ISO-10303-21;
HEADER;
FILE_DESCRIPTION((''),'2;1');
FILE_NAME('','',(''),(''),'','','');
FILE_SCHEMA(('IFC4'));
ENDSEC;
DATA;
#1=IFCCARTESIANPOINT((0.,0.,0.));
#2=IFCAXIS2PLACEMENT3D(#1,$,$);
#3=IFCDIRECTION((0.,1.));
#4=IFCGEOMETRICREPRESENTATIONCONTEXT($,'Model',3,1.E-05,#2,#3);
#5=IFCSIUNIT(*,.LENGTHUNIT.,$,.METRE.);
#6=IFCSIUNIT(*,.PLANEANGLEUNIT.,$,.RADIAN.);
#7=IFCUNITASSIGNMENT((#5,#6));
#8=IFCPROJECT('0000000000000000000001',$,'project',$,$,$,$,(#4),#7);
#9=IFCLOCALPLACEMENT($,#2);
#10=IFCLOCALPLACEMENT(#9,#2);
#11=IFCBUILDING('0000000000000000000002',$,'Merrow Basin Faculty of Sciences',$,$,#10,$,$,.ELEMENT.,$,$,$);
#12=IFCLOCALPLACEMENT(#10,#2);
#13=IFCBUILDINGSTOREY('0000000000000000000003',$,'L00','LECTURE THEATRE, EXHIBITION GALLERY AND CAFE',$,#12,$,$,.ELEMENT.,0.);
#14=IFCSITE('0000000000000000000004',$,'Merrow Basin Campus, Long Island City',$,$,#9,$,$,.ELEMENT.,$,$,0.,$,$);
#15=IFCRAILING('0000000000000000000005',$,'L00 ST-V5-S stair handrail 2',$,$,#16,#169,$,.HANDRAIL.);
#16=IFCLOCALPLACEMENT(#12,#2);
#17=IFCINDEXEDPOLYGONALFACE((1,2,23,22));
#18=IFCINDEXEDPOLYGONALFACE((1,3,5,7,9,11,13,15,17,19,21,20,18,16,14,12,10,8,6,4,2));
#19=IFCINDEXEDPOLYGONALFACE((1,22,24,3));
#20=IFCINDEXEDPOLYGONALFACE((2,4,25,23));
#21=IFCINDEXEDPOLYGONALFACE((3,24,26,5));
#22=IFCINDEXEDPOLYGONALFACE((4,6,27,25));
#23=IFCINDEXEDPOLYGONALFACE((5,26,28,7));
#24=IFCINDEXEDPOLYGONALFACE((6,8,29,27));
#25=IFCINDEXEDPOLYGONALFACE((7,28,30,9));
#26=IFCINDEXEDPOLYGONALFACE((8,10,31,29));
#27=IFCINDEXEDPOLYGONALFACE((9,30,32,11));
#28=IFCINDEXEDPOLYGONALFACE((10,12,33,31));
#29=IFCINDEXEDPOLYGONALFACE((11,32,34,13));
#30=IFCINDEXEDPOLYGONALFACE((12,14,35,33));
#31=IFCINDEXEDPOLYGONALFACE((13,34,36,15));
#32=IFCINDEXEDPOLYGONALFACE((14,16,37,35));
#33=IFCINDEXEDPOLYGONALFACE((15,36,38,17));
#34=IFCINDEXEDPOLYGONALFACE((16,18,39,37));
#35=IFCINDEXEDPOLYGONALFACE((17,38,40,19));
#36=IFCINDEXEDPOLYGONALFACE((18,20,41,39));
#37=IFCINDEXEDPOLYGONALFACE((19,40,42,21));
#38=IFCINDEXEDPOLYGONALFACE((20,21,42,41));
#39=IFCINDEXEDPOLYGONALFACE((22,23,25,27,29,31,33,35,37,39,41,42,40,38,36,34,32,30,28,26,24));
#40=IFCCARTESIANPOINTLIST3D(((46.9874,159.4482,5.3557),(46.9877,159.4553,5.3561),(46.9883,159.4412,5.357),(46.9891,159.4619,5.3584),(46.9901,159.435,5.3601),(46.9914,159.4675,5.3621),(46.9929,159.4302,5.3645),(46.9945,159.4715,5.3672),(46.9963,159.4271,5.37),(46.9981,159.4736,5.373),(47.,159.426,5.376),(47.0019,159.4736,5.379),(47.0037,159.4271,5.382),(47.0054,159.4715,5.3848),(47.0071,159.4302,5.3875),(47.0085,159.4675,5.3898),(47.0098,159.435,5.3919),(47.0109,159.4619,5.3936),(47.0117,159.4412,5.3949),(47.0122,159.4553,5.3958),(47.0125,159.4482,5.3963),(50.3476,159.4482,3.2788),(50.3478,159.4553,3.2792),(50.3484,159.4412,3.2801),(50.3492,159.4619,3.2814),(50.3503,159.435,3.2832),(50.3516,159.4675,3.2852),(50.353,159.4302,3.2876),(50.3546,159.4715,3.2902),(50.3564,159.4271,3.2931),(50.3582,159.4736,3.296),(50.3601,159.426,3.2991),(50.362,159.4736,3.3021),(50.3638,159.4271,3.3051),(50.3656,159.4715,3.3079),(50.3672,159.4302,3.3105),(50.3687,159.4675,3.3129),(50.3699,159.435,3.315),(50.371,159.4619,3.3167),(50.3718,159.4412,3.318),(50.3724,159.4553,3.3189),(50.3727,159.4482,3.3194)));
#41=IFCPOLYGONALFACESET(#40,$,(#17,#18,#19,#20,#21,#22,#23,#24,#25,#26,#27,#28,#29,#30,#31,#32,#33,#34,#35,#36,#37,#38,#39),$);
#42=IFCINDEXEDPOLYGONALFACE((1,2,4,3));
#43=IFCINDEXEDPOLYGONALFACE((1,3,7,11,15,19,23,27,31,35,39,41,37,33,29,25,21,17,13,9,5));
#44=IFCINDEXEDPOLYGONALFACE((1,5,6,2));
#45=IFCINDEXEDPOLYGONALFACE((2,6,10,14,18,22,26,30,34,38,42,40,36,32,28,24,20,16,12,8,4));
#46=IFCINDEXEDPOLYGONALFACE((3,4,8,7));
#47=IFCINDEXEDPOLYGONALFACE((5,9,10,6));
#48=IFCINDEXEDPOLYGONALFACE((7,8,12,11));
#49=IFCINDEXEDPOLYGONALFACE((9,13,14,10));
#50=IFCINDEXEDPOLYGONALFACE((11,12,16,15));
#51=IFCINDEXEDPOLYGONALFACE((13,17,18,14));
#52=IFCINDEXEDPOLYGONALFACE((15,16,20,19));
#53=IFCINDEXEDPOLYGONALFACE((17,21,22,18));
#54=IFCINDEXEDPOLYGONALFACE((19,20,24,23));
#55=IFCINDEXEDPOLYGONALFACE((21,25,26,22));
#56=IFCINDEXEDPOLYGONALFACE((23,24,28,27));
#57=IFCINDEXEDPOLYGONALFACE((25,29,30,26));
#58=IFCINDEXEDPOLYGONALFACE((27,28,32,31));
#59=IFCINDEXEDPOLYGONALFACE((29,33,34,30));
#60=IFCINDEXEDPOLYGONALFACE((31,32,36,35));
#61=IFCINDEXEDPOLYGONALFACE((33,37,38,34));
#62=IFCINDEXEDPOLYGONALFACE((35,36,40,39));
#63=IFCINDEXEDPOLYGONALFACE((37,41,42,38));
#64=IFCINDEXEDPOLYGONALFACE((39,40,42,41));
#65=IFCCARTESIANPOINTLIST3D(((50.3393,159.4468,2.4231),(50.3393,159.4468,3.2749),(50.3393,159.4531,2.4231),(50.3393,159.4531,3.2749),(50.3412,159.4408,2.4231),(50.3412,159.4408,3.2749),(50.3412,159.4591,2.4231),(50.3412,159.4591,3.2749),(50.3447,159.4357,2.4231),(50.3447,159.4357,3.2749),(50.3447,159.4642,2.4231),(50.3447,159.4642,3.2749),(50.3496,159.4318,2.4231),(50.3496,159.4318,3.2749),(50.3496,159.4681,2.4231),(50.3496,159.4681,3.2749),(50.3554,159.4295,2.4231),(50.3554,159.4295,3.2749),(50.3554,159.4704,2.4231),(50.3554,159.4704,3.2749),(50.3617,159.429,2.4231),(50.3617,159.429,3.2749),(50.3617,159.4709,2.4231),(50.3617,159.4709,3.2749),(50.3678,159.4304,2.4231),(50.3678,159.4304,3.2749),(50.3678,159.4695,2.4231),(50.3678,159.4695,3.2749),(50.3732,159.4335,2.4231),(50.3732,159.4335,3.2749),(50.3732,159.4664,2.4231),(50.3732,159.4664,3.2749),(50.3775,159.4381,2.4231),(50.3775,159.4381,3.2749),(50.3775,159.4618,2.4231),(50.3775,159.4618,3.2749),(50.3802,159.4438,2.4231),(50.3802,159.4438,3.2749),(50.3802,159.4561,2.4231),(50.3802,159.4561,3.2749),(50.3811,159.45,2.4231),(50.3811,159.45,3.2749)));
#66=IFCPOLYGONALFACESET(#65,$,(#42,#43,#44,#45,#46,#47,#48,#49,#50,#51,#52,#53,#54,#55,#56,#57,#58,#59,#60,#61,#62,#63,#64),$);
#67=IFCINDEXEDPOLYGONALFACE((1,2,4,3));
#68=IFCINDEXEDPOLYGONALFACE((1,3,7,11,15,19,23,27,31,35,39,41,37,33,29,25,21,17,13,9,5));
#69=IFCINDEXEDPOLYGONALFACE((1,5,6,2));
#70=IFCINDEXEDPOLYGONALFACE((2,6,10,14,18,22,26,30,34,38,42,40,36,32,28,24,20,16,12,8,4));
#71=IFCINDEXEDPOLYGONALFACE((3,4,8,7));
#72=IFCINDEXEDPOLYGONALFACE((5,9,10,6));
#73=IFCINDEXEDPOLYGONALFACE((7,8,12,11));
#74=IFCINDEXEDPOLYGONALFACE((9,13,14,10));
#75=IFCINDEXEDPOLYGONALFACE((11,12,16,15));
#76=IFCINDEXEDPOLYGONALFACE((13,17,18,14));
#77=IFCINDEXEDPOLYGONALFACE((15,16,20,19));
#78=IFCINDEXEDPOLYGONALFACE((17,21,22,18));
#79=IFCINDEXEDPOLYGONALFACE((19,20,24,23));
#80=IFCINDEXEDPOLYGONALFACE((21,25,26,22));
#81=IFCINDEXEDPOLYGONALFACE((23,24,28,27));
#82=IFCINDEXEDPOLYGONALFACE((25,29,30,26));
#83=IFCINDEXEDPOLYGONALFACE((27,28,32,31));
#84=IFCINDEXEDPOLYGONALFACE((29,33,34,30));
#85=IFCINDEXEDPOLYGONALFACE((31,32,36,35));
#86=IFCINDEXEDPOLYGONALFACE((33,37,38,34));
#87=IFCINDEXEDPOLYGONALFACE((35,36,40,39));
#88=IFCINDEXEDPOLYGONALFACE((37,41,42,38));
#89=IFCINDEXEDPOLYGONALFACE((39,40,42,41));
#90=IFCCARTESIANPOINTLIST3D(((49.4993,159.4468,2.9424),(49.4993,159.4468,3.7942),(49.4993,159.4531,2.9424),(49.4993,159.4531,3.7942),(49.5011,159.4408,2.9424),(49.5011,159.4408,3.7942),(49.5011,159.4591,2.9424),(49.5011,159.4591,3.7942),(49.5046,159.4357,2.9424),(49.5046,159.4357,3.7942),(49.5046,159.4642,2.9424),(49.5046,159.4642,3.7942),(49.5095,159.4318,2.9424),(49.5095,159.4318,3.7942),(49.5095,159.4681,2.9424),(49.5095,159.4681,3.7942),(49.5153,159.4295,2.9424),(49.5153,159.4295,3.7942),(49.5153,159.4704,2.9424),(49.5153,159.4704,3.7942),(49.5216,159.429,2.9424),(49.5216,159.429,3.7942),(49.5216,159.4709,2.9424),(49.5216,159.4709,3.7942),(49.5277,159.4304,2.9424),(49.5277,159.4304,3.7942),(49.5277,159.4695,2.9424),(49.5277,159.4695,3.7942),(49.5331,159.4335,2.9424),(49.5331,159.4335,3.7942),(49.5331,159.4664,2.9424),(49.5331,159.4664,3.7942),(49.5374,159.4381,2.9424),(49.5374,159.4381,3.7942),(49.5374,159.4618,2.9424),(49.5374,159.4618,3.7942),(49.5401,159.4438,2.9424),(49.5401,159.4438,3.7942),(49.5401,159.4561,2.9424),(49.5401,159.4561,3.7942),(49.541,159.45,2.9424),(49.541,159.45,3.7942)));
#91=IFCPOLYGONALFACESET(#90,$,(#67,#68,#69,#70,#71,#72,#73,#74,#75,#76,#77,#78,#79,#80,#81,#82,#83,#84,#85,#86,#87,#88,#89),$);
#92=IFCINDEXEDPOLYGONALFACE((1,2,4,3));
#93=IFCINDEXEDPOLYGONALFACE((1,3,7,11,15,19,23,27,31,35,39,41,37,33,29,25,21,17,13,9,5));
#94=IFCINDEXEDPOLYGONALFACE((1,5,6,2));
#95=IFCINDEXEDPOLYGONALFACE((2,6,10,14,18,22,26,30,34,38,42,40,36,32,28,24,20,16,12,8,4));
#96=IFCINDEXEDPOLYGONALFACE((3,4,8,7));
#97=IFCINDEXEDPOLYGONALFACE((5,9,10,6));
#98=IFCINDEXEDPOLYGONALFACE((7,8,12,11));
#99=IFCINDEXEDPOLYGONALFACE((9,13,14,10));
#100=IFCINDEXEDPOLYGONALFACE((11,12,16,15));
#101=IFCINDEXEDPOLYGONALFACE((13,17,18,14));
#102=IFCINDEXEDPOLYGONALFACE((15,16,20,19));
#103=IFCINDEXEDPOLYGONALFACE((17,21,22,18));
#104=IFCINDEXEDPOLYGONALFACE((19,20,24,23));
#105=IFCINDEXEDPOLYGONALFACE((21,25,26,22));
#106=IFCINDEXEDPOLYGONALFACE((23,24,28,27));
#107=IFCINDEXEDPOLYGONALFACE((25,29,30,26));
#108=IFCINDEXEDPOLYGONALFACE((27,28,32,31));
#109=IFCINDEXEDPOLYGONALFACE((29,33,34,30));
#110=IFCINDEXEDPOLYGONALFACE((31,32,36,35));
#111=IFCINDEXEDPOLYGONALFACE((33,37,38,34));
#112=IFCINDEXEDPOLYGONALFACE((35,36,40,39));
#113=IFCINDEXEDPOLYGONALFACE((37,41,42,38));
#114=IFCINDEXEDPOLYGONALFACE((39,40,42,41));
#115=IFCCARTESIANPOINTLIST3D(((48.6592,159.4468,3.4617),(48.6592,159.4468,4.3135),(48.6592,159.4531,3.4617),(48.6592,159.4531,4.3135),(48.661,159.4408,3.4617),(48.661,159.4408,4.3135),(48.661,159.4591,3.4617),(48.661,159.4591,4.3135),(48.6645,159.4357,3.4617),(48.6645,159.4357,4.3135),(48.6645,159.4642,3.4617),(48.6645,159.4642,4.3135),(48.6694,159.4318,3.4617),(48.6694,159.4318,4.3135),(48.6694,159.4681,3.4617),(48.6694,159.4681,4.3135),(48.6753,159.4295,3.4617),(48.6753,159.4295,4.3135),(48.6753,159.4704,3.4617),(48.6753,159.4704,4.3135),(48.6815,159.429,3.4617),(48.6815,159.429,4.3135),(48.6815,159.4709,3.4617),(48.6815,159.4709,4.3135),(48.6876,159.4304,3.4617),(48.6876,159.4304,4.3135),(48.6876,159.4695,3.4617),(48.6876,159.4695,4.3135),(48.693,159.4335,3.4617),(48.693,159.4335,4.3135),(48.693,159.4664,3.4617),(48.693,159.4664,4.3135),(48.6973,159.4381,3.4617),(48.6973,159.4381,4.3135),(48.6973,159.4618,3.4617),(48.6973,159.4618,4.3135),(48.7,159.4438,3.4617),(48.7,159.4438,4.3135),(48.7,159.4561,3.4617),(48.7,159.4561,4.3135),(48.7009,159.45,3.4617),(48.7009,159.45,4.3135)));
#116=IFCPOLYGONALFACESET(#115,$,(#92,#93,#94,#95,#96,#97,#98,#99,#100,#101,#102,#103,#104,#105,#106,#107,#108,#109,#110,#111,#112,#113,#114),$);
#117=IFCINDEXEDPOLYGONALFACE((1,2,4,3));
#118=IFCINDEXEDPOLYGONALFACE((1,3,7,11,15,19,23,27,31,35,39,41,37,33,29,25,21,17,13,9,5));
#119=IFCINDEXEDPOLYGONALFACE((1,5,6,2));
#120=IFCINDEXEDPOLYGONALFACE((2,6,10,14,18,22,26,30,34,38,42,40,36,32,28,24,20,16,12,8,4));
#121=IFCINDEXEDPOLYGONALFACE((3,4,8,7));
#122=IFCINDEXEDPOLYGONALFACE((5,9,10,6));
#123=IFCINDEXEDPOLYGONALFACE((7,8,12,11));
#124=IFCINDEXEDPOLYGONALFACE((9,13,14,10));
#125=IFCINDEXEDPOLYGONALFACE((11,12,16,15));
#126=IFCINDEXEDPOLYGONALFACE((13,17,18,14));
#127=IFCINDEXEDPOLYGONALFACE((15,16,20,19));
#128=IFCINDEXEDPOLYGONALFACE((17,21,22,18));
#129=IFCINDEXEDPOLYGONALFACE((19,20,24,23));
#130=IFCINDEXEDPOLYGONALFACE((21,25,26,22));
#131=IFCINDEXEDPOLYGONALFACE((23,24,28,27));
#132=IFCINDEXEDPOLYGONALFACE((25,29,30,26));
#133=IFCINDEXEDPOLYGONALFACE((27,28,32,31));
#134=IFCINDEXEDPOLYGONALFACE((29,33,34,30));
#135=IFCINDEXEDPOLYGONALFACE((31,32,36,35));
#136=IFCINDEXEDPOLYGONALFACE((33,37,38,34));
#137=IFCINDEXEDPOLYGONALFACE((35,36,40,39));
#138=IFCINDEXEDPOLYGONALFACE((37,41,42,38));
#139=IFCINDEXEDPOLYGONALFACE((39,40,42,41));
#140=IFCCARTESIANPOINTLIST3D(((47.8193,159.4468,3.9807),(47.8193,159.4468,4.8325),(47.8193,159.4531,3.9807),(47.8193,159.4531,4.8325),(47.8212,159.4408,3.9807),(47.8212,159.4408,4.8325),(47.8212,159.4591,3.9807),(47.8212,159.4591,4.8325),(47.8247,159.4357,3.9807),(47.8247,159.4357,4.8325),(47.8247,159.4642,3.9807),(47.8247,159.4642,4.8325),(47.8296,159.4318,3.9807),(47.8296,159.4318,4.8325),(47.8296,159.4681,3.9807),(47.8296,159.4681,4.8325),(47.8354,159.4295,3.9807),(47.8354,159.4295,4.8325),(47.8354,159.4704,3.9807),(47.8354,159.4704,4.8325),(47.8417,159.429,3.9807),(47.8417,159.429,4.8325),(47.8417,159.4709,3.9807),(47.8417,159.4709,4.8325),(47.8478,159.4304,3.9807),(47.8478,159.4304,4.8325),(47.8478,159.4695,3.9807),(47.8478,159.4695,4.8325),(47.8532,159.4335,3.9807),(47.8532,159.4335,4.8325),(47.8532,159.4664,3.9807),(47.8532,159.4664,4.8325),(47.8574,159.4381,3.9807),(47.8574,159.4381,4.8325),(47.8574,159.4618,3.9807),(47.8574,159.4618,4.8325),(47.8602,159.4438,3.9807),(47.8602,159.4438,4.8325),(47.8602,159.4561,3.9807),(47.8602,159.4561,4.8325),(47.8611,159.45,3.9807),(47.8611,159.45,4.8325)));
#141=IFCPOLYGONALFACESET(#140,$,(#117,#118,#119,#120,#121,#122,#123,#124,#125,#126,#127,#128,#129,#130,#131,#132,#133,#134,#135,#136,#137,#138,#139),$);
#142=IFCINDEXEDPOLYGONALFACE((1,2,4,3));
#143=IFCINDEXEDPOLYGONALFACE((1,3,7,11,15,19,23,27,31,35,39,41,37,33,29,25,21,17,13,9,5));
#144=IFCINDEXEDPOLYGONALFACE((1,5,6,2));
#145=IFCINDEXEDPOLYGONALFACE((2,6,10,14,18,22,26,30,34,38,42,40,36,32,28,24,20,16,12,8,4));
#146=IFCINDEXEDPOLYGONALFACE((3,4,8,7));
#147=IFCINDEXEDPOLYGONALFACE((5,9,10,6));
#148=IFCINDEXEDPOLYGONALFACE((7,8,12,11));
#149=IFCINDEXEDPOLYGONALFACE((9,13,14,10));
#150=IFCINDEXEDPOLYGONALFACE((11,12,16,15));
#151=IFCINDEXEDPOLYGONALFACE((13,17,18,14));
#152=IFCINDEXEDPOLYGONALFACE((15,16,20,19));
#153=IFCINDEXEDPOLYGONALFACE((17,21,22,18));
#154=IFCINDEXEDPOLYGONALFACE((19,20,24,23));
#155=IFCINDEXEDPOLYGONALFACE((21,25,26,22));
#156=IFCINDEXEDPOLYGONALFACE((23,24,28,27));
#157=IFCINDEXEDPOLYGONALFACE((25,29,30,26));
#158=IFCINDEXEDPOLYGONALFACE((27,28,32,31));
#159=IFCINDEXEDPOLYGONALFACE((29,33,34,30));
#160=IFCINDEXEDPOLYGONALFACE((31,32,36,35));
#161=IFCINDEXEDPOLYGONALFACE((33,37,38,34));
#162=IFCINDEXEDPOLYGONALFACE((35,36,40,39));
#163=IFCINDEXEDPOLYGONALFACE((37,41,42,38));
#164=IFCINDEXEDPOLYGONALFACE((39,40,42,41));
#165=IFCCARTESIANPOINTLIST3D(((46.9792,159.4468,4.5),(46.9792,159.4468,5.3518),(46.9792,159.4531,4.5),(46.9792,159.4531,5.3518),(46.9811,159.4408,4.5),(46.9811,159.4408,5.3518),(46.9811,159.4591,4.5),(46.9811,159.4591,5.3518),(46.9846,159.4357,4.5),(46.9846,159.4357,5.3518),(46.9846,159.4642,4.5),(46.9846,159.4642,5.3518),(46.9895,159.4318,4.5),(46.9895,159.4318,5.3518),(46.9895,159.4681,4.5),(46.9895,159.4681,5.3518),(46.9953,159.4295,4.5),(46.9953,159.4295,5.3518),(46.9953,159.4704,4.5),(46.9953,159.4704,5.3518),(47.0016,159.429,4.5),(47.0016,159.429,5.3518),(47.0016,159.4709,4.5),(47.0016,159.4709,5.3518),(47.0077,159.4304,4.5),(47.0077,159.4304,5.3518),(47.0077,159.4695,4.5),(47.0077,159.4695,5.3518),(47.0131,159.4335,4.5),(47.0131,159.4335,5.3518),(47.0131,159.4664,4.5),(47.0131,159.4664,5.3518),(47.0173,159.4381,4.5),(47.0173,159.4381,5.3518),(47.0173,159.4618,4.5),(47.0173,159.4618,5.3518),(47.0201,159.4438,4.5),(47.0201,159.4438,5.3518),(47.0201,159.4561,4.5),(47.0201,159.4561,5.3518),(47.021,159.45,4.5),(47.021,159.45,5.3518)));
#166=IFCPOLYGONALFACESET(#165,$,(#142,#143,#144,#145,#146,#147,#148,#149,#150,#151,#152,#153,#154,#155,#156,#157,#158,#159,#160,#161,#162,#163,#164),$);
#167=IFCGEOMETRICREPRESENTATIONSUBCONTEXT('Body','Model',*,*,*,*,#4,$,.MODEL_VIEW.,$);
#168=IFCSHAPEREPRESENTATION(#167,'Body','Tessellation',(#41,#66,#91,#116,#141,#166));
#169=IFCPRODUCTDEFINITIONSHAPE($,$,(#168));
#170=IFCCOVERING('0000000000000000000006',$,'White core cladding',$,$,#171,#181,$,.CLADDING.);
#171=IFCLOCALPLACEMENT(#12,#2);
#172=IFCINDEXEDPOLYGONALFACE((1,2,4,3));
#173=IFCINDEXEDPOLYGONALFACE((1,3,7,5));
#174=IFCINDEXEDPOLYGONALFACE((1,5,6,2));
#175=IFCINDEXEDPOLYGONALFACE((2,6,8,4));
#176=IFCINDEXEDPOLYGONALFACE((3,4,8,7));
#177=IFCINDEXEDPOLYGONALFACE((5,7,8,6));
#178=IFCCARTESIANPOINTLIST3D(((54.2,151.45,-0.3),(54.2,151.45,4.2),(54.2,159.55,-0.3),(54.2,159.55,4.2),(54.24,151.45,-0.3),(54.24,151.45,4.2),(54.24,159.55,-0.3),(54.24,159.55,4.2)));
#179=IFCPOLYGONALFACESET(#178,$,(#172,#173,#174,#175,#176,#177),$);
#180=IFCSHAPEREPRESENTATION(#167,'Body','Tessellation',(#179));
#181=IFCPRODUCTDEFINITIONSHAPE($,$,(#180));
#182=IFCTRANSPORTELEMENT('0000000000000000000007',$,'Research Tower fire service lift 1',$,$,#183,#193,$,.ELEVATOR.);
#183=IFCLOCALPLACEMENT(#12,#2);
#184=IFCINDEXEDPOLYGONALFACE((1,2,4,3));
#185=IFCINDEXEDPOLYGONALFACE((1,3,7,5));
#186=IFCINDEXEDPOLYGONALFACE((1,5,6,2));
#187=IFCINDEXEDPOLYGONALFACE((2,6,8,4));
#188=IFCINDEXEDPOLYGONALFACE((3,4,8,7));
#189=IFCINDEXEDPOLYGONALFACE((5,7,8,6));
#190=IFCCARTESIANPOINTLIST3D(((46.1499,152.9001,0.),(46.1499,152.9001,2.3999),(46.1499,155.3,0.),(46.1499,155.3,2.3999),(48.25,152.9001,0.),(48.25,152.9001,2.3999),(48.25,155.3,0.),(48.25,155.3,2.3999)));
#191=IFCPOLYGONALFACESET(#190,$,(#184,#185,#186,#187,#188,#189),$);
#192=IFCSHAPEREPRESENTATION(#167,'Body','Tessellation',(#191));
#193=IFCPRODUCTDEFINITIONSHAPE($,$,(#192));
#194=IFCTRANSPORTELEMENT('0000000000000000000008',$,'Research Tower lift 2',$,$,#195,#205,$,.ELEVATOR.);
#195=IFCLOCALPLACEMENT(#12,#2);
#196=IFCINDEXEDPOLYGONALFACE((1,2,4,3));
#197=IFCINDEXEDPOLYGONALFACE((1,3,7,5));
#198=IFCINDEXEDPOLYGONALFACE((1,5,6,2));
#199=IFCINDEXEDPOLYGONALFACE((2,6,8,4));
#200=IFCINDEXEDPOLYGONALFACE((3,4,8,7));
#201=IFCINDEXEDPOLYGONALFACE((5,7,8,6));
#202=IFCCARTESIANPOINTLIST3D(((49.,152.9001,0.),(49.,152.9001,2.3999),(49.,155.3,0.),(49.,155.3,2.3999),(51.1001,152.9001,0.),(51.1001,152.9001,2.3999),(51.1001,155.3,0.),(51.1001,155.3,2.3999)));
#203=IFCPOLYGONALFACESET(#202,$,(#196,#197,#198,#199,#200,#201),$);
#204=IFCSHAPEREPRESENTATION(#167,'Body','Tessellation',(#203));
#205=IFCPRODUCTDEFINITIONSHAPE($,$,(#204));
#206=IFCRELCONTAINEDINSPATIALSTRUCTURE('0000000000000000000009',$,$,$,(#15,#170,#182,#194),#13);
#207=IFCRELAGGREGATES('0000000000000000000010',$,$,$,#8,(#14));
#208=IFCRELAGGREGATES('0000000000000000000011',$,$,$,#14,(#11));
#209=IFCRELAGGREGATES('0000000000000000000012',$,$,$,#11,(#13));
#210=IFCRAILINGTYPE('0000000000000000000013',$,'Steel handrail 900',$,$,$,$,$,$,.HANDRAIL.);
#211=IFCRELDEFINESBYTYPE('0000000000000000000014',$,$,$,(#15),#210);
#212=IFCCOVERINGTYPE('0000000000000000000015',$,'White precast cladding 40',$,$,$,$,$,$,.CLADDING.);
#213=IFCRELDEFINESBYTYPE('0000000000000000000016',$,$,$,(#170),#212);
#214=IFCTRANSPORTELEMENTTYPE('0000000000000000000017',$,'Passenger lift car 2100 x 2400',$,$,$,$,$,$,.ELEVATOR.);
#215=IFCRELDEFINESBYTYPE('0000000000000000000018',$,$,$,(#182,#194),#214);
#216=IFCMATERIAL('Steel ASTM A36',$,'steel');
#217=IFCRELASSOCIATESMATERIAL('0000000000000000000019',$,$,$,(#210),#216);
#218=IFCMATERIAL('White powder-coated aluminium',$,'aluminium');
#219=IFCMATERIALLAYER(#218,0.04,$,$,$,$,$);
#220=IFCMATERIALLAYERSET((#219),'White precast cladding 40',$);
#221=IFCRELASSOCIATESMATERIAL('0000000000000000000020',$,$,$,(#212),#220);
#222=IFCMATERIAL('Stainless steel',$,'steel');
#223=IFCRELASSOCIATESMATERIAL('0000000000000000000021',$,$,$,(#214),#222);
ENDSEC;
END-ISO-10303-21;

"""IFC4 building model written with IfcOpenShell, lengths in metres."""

from ifc_helpers import new_model, si_unit, direction, frame, origin, origin_2d, place, context, subcontext, project, spatial, rectangle, circle, extrude, material, layer, layer_set, type_object, element, save


model = new_model("IFC4")

# Units and contexts
model_context = context("Model", 3, precision=1e-05, world=origin(), true_north=direction((0.0, 1.0)))
body_context = subcontext(model_context, "Body", "Model", "MODEL_VIEW")
ifc_project = project(units=[si_unit("LENGTHUNIT", "METRE"), si_unit("PLANEANGLEUNIT", "RADIAN")], contexts=[model_context])

# Site, building, storey
site_placement = place(None, origin())
site = spatial("IfcSite", under=ifc_project, at=site_placement, Name="Merrow Basin Campus, Long Island City", CompositionType="ELEMENT", RefElevation=0.0)
building_placement = place(site_placement, origin())
building = spatial("IfcBuilding", under=site, at=building_placement, Name="Merrow Basin Faculty of Sciences", CompositionType="ELEMENT")
storey_placement = place(building_placement, origin())
storey = spatial("IfcBuildingStorey", under=building, at=storey_placement, Name="L00", Description="LECTURE THEATRE, EXHIBITION GALLERY AND CAFE", CompositionType="ELEMENT", Elevation=0.0)

# Railing
ifc_material_1 = material(Name="Steel ASTM A36", Category="steel")
railing_type_1 = type_object("IfcRailingType", Name="Steel handrail 900", PredefinedType="HANDRAIL", material=ifc_material_1)
railing_1_placement = place(storey_placement, frame((50.3601, 159.45, 2.4231)))
element("IfcRailing", 1, at=railing_1_placement, inside=storey, type_object=railing_type_1, Name="L00 ST-V5-S stair handrail 2", PredefinedType="HANDRAIL", context=body_context, shape_type="SweptSolid", body=[
    extrude(circle(Radius=0.0239, at=origin_2d()), frame((0.0, 0.0, 0.876), z_axis=(-0.850623, 0.0, 0.525776), x_axis=(0.0, -1.0, 0.0)), (0.0, 0.0, 1.0), 3.9502),
    extrude(circle(Radius=0.021, at=origin_2d()), origin(), (0.0, 0.0, 1.0), 0.8518),
    extrude(circle(Radius=0.021, at=origin_2d()), frame((-0.8401, 0.0, 0.5193)), (0.0, 0.0, 1.0), 0.8518),
    extrude(circle(Radius=0.021, at=origin_2d()), frame((-1.6802, 0.0, 1.0386)), (0.0, 0.0, 1.0), 0.8518),
    extrude(circle(Radius=0.021, at=origin_2d()), frame((-2.52, 0.0, 1.5576)), (0.0, 0.0, 1.0), 0.8518),
    extrude(circle(Radius=0.021, at=origin_2d()), frame((-3.3601, 0.0, 2.0769)), (0.0, 0.0, 1.0), 0.8518),
])

# Covering
ifc_material_2 = material(Name="White powder-coated aluminium", Category="aluminium")
ifc_layer_1 = layer(ifc_material_2, 0.04)
ifc_layer_set_1 = layer_set([ifc_layer_1], Name="White precast cladding 40")
covering_type = type_object("IfcCoveringType", Name="White precast cladding 40", PredefinedType="CLADDING", material=ifc_layer_set_1)
covering_placement = place(storey_placement, frame((54.22, 155.5, -0.3), z_axis=(0.0, 0.0, 1.0), x_axis=(1.0, 0.0, 0.0)))
element("IfcCovering", 2, at=covering_placement, inside=storey, type_object=covering_type, Name="White core cladding", PredefinedType="CLADDING", context=body_context, shape_type="SweptSolid", body=[
    extrude(rectangle(XDim=0.04, YDim=8.1001, at=origin_2d()), origin(), (0.0, 0.0, 1.0), 4.5),
])

# Transport elements
ifc_material_3 = material(Name="Stainless steel", Category="steel")
transport_element_type = type_object("IfcTransportElementType", Name="Passenger lift car 2100 x 2400", PredefinedType="ELEVATOR", material=ifc_material_3)
for number, where, z_axis, x_axis, name in (
    (3, (47.2, 154.1001, 0.0), (0.0, 0.0, 1.0), (1.0, 0.0, 0.0), "Research Tower fire service lift 1"),
    (4, (50.05, 154.1001, 0.0), (0.0, 0.0, 1.0), (1.0, 0.0, 0.0), "Research Tower lift 2"),
):
    element("IfcTransportElement", number, at=place(storey_placement, frame(where, z_axis=z_axis, x_axis=x_axis)), inside=storey, type_object=transport_element_type, Name=name, PredefinedType="ELEVATOR", context=body_context, shape_type="SweptSolid", body=[
        extrude(rectangle(XDim=2.1001, YDim=2.3999, at=origin_2d()), origin(), (0.0, 0.0, 1.0), 2.3999),
    ])

save(model, "model.ifc")
